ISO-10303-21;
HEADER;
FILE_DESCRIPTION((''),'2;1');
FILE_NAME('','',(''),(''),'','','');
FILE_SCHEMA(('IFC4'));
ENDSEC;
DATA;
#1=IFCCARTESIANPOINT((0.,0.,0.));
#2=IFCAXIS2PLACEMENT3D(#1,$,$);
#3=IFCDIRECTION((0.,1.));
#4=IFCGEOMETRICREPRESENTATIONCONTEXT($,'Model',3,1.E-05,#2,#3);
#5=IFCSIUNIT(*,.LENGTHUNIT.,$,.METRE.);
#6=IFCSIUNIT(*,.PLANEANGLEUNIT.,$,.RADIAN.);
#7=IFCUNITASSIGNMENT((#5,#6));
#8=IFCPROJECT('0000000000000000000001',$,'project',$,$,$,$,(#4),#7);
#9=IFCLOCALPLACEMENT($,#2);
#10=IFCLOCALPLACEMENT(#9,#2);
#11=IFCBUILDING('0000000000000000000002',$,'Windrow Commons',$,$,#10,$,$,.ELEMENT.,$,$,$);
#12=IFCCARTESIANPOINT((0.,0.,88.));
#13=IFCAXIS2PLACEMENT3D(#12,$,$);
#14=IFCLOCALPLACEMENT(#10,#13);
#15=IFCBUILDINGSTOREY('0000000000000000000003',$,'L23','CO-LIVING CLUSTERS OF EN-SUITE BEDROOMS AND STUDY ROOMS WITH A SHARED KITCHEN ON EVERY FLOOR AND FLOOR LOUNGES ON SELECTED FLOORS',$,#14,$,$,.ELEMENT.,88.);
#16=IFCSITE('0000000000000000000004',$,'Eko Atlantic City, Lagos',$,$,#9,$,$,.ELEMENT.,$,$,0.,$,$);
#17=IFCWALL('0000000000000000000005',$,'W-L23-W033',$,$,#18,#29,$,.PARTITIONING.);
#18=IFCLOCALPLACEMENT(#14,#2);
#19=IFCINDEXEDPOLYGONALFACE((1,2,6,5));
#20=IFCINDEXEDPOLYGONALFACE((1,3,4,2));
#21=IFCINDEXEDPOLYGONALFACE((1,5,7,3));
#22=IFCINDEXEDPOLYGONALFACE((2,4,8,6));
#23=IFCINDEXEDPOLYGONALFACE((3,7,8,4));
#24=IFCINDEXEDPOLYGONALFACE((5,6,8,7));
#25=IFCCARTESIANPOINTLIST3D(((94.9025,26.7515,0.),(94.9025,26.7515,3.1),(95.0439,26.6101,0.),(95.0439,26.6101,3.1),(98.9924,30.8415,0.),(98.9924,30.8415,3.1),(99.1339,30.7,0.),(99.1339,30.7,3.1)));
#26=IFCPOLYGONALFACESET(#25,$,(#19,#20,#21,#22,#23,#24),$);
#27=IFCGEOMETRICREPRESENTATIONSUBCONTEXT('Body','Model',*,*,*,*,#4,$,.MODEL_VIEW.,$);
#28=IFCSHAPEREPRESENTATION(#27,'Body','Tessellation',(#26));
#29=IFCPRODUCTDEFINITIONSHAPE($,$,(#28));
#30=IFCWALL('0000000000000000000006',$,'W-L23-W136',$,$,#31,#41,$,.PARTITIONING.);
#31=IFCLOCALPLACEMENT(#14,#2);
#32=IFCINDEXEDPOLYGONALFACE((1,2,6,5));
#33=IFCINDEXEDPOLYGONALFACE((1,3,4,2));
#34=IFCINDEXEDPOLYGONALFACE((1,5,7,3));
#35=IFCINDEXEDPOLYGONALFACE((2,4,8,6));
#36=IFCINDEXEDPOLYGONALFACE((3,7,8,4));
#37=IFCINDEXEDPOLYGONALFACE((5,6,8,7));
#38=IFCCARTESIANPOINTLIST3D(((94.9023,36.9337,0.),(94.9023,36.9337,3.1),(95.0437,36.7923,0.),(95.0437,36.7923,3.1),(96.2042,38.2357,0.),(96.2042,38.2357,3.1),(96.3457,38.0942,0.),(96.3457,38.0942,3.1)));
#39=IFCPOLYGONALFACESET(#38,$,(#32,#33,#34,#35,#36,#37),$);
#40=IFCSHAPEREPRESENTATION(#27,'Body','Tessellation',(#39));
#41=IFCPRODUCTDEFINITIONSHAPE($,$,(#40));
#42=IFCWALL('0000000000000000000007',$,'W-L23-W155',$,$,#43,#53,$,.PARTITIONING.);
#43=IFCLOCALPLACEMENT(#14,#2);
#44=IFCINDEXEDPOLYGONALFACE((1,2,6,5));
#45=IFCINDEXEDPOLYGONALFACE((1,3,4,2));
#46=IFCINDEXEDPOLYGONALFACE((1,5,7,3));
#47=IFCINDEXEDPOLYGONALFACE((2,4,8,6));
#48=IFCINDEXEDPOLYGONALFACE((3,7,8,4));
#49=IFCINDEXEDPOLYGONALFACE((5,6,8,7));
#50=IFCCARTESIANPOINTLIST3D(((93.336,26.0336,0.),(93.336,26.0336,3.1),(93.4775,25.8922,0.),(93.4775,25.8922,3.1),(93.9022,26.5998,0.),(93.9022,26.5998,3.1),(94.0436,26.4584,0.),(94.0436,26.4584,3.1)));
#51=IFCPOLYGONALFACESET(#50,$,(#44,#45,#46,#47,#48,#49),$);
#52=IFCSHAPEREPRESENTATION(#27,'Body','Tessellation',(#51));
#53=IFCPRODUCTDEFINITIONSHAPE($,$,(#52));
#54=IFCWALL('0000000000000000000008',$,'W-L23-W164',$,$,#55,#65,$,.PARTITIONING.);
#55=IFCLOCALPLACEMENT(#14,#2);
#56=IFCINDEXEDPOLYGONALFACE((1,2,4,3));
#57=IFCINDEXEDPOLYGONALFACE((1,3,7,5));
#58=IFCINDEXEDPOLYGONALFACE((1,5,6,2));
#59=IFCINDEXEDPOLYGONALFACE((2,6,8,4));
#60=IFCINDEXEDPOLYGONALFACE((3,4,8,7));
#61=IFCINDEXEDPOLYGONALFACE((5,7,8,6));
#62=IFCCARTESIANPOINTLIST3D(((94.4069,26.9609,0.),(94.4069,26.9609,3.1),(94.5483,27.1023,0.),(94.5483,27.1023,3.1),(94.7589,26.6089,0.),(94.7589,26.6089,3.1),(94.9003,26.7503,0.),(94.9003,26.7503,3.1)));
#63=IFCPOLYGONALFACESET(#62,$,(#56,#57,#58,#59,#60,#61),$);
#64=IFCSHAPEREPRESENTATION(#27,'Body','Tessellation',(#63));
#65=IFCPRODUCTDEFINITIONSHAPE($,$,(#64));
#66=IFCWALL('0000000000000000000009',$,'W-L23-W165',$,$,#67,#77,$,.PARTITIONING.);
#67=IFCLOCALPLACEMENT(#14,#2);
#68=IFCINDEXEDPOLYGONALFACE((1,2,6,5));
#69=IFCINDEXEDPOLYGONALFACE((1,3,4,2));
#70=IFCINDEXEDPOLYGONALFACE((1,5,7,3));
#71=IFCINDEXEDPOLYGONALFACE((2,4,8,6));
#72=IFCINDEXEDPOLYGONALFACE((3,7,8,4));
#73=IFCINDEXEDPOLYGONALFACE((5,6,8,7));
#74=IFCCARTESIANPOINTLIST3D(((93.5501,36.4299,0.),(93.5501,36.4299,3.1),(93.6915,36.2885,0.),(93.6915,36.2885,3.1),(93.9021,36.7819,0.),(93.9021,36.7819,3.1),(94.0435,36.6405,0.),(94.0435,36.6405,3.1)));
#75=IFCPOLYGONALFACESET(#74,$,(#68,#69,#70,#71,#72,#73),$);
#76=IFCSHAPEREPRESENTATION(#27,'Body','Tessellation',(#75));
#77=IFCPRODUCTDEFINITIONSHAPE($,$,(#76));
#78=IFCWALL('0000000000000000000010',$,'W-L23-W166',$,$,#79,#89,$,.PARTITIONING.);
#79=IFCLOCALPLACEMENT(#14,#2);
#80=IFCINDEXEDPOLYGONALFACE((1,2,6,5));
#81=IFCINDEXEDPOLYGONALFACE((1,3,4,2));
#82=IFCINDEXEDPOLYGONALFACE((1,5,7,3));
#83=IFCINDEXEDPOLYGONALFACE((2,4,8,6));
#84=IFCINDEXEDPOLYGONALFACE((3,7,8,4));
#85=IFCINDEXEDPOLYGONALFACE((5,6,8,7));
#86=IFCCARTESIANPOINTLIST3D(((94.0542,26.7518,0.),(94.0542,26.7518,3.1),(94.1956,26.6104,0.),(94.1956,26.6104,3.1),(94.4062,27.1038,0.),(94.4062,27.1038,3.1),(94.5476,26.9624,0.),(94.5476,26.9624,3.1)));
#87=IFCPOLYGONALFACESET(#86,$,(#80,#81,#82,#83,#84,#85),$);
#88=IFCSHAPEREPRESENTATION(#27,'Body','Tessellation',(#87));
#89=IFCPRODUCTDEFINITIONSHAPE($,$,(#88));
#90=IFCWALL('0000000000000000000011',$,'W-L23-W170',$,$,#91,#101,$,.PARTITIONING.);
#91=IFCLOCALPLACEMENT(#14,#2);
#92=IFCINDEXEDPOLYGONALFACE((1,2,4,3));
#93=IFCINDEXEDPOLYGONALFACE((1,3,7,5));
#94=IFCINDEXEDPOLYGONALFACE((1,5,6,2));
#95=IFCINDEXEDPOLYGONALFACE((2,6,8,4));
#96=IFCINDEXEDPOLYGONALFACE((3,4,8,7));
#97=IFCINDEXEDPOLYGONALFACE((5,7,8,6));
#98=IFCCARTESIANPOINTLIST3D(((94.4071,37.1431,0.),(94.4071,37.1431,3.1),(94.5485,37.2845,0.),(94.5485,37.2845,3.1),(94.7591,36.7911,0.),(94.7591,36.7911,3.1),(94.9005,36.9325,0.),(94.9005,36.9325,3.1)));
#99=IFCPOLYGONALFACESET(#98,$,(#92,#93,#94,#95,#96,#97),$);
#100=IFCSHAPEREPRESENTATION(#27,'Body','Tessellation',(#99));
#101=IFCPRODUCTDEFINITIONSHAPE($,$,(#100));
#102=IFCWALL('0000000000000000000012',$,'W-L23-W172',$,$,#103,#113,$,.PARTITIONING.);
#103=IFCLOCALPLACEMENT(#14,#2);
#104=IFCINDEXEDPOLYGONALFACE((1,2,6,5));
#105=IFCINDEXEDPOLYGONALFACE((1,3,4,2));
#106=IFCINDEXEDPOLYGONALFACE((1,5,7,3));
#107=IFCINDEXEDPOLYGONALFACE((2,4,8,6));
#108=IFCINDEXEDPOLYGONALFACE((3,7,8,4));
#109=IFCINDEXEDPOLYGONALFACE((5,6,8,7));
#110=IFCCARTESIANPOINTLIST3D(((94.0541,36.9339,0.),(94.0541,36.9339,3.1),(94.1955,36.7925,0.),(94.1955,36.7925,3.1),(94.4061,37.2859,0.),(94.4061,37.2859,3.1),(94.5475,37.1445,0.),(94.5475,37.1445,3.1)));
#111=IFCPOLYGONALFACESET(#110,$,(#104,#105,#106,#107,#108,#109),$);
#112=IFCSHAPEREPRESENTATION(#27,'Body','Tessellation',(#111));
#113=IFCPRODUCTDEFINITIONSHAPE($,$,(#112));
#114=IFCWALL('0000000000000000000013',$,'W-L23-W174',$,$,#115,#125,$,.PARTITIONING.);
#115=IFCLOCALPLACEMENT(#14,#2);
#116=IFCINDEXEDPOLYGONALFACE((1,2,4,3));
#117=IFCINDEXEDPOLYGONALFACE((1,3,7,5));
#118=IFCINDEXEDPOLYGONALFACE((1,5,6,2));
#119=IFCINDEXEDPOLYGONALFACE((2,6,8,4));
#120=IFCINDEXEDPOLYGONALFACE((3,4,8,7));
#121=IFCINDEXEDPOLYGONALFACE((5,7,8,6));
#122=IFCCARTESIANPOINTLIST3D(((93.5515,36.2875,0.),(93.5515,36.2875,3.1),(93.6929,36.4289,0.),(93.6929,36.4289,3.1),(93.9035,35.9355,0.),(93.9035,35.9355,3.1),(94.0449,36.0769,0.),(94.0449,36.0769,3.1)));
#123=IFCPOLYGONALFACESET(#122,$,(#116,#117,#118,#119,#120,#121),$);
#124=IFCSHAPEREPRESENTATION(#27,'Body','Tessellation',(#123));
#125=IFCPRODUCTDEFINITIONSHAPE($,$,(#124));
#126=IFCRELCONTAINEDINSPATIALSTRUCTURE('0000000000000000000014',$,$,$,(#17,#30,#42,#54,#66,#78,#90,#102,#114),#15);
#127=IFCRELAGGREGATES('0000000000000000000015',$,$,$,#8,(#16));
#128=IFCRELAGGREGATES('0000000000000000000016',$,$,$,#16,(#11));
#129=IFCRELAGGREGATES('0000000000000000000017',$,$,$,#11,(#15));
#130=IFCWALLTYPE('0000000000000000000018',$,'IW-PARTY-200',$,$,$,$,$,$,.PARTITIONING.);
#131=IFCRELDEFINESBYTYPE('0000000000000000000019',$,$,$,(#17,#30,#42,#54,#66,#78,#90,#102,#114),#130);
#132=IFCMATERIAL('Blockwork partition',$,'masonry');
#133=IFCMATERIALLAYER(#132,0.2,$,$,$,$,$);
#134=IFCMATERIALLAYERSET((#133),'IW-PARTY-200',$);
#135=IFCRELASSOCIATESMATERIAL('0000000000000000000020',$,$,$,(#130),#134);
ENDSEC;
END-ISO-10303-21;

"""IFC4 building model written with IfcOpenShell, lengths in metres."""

from ifc_helpers import new_model, si_unit, direction, frame, frame_2d, origin, place, context, subcontext, project, spatial, rectangle, extrude, material, layer, layer_set, type_object, element, save


model = new_model("IFC4")

# Units and contexts
model_context = context("Model", 3, precision=1e-05, world=origin(), true_north=direction((0.0, 1.0)))
body_context = subcontext(model_context, "Body", "Model", "MODEL_VIEW")
ifc_project = project(units=[si_unit("LENGTHUNIT", "METRE"), si_unit("PLANEANGLEUNIT", "RADIAN")], contexts=[model_context])

# Site, building, storey
site_placement = place(None, origin())
site = spatial("IfcSite", under=ifc_project, at=site_placement, Name="Eko Atlantic City, Lagos", CompositionType="ELEMENT", RefElevation=0.0)
building_placement = place(site_placement, origin())
building = spatial("IfcBuilding", under=site, at=building_placement, Name="Windrow Commons", CompositionType="ELEMENT")
storey_placement = place(building_placement, frame((0.0, 0.0, 88.0)))
storey = spatial("IfcBuildingStorey", under=building, at=storey_placement, Name="L23", Description="CO-LIVING CLUSTERS OF EN-SUITE BEDROOMS AND STUDY ROOMS WITH A SHARED KITCHEN ON EVERY FLOOR AND FLOOR LOUNGES ON SELECTED FLOORS", CompositionType="ELEMENT", Elevation=88.0)

# Walls
ifc_material_1 = material(Name="Blockwork partition", Category="masonry")
ifc_layer_1 = layer(ifc_material_1, 0.2)
ifc_layer_set_1 = layer_set([ifc_layer_1], Name="IW-PARTY-200")
wall_type_1 = type_object("IfcWallType", Name="IW-PARTY-200", PredefinedType="PARTITIONING", material=ifc_layer_set_1)
wall_1_placement = place(storey_placement, frame((94.9732, 26.6808, 0.0), z_axis=(0.0, 0.0, 1.0), x_axis=(0.707107, 0.707107, 0.0)))
element("IfcWall", 1, at=wall_1_placement, inside=storey, type_object=wall_type_1, Name="W-L23-W033", PredefinedType="PARTITIONING", context=body_context, shape_type="SweptSolid", body=[
    extrude(rectangle(XDim=5.7841, YDim=0.2, at=frame_2d((2.892, 0.0))), origin(), (0.0, 0.0, 1.0), 3.1),
])
wall_2_placement = place(storey_placement, frame((94.973, 36.863, 0.0), z_axis=(0.0, 0.0, 1.0), x_axis=(0.707107, 0.707107, 0.0)))
element("IfcWall", 2, at=wall_2_placement, inside=storey, type_object=wall_type_1, Name="W-L23-W136", PredefinedType="PARTITIONING", context=body_context, shape_type="SweptSolid", body=[
    extrude(rectangle(XDim=1.8413, YDim=0.2, at=frame_2d((0.9206, 0.0))), origin(), (0.0, 0.0, 1.0), 3.1),
])
wall_3_placement = place(storey_placement, frame((93.4068, 25.9629, 0.0), z_axis=(0.0, 0.0, 1.0), x_axis=(0.707044, 0.707169, 0.0)))
element("IfcWall", 3, at=wall_3_placement, inside=storey, type_object=wall_type_1, Name="W-L23-W155", PredefinedType="PARTITIONING", context=body_context, shape_type="SweptSolid", body=[
    extrude(rectangle(XDim=0.8007, YDim=0.2, at=frame_2d((0.4003, 0.0))), origin(), (0.0, 0.0, 1.0), 3.1),
])
for number, where, z_axis, x_axis, name in (
    (4, (94.4776, 27.0316, 0.0), (0.0, 0.0, 1.0), (0.707107, -0.707107, 0.0), "W-L23-W164"),
    (5, (93.6208, 36.3592, 0.0), (0.0, 0.0, 1.0), (0.707107, 0.707107, 0.0), "W-L23-W165"),
    (6, (94.1249, 26.6811, 0.0), (0.0, 0.0, 1.0), (0.707107, 0.707107, 0.0), "W-L23-W166"),
    (7, (94.4778, 37.2138, 0.0), (0.0, 0.0, 1.0), (0.707107, -0.707107, 0.0), "W-L23-W170"),
    (8, (94.1248, 36.8632, 0.0), (0.0, 0.0, 1.0), (0.707107, 0.707107, 0.0), "W-L23-W172"),
    (9, (93.6222, 36.3582, 0.0), (0.0, 0.0, 1.0), (0.707107, -0.707107, 0.0), "W-L23-W174"),
):
    element("IfcWall", number, at=place(storey_placement, frame(where, z_axis=z_axis, x_axis=x_axis)), inside=storey, type_object=wall_type_1, Name=name, PredefinedType="PARTITIONING", context=body_context, shape_type="SweptSolid", body=[
        extrude(rectangle(XDim=0.4978, YDim=0.2, at=frame_2d((0.2489, 0.0))), origin(), (0.0, 0.0, 1.0), 3.1),
    ])

save(model, "model.ifc")
